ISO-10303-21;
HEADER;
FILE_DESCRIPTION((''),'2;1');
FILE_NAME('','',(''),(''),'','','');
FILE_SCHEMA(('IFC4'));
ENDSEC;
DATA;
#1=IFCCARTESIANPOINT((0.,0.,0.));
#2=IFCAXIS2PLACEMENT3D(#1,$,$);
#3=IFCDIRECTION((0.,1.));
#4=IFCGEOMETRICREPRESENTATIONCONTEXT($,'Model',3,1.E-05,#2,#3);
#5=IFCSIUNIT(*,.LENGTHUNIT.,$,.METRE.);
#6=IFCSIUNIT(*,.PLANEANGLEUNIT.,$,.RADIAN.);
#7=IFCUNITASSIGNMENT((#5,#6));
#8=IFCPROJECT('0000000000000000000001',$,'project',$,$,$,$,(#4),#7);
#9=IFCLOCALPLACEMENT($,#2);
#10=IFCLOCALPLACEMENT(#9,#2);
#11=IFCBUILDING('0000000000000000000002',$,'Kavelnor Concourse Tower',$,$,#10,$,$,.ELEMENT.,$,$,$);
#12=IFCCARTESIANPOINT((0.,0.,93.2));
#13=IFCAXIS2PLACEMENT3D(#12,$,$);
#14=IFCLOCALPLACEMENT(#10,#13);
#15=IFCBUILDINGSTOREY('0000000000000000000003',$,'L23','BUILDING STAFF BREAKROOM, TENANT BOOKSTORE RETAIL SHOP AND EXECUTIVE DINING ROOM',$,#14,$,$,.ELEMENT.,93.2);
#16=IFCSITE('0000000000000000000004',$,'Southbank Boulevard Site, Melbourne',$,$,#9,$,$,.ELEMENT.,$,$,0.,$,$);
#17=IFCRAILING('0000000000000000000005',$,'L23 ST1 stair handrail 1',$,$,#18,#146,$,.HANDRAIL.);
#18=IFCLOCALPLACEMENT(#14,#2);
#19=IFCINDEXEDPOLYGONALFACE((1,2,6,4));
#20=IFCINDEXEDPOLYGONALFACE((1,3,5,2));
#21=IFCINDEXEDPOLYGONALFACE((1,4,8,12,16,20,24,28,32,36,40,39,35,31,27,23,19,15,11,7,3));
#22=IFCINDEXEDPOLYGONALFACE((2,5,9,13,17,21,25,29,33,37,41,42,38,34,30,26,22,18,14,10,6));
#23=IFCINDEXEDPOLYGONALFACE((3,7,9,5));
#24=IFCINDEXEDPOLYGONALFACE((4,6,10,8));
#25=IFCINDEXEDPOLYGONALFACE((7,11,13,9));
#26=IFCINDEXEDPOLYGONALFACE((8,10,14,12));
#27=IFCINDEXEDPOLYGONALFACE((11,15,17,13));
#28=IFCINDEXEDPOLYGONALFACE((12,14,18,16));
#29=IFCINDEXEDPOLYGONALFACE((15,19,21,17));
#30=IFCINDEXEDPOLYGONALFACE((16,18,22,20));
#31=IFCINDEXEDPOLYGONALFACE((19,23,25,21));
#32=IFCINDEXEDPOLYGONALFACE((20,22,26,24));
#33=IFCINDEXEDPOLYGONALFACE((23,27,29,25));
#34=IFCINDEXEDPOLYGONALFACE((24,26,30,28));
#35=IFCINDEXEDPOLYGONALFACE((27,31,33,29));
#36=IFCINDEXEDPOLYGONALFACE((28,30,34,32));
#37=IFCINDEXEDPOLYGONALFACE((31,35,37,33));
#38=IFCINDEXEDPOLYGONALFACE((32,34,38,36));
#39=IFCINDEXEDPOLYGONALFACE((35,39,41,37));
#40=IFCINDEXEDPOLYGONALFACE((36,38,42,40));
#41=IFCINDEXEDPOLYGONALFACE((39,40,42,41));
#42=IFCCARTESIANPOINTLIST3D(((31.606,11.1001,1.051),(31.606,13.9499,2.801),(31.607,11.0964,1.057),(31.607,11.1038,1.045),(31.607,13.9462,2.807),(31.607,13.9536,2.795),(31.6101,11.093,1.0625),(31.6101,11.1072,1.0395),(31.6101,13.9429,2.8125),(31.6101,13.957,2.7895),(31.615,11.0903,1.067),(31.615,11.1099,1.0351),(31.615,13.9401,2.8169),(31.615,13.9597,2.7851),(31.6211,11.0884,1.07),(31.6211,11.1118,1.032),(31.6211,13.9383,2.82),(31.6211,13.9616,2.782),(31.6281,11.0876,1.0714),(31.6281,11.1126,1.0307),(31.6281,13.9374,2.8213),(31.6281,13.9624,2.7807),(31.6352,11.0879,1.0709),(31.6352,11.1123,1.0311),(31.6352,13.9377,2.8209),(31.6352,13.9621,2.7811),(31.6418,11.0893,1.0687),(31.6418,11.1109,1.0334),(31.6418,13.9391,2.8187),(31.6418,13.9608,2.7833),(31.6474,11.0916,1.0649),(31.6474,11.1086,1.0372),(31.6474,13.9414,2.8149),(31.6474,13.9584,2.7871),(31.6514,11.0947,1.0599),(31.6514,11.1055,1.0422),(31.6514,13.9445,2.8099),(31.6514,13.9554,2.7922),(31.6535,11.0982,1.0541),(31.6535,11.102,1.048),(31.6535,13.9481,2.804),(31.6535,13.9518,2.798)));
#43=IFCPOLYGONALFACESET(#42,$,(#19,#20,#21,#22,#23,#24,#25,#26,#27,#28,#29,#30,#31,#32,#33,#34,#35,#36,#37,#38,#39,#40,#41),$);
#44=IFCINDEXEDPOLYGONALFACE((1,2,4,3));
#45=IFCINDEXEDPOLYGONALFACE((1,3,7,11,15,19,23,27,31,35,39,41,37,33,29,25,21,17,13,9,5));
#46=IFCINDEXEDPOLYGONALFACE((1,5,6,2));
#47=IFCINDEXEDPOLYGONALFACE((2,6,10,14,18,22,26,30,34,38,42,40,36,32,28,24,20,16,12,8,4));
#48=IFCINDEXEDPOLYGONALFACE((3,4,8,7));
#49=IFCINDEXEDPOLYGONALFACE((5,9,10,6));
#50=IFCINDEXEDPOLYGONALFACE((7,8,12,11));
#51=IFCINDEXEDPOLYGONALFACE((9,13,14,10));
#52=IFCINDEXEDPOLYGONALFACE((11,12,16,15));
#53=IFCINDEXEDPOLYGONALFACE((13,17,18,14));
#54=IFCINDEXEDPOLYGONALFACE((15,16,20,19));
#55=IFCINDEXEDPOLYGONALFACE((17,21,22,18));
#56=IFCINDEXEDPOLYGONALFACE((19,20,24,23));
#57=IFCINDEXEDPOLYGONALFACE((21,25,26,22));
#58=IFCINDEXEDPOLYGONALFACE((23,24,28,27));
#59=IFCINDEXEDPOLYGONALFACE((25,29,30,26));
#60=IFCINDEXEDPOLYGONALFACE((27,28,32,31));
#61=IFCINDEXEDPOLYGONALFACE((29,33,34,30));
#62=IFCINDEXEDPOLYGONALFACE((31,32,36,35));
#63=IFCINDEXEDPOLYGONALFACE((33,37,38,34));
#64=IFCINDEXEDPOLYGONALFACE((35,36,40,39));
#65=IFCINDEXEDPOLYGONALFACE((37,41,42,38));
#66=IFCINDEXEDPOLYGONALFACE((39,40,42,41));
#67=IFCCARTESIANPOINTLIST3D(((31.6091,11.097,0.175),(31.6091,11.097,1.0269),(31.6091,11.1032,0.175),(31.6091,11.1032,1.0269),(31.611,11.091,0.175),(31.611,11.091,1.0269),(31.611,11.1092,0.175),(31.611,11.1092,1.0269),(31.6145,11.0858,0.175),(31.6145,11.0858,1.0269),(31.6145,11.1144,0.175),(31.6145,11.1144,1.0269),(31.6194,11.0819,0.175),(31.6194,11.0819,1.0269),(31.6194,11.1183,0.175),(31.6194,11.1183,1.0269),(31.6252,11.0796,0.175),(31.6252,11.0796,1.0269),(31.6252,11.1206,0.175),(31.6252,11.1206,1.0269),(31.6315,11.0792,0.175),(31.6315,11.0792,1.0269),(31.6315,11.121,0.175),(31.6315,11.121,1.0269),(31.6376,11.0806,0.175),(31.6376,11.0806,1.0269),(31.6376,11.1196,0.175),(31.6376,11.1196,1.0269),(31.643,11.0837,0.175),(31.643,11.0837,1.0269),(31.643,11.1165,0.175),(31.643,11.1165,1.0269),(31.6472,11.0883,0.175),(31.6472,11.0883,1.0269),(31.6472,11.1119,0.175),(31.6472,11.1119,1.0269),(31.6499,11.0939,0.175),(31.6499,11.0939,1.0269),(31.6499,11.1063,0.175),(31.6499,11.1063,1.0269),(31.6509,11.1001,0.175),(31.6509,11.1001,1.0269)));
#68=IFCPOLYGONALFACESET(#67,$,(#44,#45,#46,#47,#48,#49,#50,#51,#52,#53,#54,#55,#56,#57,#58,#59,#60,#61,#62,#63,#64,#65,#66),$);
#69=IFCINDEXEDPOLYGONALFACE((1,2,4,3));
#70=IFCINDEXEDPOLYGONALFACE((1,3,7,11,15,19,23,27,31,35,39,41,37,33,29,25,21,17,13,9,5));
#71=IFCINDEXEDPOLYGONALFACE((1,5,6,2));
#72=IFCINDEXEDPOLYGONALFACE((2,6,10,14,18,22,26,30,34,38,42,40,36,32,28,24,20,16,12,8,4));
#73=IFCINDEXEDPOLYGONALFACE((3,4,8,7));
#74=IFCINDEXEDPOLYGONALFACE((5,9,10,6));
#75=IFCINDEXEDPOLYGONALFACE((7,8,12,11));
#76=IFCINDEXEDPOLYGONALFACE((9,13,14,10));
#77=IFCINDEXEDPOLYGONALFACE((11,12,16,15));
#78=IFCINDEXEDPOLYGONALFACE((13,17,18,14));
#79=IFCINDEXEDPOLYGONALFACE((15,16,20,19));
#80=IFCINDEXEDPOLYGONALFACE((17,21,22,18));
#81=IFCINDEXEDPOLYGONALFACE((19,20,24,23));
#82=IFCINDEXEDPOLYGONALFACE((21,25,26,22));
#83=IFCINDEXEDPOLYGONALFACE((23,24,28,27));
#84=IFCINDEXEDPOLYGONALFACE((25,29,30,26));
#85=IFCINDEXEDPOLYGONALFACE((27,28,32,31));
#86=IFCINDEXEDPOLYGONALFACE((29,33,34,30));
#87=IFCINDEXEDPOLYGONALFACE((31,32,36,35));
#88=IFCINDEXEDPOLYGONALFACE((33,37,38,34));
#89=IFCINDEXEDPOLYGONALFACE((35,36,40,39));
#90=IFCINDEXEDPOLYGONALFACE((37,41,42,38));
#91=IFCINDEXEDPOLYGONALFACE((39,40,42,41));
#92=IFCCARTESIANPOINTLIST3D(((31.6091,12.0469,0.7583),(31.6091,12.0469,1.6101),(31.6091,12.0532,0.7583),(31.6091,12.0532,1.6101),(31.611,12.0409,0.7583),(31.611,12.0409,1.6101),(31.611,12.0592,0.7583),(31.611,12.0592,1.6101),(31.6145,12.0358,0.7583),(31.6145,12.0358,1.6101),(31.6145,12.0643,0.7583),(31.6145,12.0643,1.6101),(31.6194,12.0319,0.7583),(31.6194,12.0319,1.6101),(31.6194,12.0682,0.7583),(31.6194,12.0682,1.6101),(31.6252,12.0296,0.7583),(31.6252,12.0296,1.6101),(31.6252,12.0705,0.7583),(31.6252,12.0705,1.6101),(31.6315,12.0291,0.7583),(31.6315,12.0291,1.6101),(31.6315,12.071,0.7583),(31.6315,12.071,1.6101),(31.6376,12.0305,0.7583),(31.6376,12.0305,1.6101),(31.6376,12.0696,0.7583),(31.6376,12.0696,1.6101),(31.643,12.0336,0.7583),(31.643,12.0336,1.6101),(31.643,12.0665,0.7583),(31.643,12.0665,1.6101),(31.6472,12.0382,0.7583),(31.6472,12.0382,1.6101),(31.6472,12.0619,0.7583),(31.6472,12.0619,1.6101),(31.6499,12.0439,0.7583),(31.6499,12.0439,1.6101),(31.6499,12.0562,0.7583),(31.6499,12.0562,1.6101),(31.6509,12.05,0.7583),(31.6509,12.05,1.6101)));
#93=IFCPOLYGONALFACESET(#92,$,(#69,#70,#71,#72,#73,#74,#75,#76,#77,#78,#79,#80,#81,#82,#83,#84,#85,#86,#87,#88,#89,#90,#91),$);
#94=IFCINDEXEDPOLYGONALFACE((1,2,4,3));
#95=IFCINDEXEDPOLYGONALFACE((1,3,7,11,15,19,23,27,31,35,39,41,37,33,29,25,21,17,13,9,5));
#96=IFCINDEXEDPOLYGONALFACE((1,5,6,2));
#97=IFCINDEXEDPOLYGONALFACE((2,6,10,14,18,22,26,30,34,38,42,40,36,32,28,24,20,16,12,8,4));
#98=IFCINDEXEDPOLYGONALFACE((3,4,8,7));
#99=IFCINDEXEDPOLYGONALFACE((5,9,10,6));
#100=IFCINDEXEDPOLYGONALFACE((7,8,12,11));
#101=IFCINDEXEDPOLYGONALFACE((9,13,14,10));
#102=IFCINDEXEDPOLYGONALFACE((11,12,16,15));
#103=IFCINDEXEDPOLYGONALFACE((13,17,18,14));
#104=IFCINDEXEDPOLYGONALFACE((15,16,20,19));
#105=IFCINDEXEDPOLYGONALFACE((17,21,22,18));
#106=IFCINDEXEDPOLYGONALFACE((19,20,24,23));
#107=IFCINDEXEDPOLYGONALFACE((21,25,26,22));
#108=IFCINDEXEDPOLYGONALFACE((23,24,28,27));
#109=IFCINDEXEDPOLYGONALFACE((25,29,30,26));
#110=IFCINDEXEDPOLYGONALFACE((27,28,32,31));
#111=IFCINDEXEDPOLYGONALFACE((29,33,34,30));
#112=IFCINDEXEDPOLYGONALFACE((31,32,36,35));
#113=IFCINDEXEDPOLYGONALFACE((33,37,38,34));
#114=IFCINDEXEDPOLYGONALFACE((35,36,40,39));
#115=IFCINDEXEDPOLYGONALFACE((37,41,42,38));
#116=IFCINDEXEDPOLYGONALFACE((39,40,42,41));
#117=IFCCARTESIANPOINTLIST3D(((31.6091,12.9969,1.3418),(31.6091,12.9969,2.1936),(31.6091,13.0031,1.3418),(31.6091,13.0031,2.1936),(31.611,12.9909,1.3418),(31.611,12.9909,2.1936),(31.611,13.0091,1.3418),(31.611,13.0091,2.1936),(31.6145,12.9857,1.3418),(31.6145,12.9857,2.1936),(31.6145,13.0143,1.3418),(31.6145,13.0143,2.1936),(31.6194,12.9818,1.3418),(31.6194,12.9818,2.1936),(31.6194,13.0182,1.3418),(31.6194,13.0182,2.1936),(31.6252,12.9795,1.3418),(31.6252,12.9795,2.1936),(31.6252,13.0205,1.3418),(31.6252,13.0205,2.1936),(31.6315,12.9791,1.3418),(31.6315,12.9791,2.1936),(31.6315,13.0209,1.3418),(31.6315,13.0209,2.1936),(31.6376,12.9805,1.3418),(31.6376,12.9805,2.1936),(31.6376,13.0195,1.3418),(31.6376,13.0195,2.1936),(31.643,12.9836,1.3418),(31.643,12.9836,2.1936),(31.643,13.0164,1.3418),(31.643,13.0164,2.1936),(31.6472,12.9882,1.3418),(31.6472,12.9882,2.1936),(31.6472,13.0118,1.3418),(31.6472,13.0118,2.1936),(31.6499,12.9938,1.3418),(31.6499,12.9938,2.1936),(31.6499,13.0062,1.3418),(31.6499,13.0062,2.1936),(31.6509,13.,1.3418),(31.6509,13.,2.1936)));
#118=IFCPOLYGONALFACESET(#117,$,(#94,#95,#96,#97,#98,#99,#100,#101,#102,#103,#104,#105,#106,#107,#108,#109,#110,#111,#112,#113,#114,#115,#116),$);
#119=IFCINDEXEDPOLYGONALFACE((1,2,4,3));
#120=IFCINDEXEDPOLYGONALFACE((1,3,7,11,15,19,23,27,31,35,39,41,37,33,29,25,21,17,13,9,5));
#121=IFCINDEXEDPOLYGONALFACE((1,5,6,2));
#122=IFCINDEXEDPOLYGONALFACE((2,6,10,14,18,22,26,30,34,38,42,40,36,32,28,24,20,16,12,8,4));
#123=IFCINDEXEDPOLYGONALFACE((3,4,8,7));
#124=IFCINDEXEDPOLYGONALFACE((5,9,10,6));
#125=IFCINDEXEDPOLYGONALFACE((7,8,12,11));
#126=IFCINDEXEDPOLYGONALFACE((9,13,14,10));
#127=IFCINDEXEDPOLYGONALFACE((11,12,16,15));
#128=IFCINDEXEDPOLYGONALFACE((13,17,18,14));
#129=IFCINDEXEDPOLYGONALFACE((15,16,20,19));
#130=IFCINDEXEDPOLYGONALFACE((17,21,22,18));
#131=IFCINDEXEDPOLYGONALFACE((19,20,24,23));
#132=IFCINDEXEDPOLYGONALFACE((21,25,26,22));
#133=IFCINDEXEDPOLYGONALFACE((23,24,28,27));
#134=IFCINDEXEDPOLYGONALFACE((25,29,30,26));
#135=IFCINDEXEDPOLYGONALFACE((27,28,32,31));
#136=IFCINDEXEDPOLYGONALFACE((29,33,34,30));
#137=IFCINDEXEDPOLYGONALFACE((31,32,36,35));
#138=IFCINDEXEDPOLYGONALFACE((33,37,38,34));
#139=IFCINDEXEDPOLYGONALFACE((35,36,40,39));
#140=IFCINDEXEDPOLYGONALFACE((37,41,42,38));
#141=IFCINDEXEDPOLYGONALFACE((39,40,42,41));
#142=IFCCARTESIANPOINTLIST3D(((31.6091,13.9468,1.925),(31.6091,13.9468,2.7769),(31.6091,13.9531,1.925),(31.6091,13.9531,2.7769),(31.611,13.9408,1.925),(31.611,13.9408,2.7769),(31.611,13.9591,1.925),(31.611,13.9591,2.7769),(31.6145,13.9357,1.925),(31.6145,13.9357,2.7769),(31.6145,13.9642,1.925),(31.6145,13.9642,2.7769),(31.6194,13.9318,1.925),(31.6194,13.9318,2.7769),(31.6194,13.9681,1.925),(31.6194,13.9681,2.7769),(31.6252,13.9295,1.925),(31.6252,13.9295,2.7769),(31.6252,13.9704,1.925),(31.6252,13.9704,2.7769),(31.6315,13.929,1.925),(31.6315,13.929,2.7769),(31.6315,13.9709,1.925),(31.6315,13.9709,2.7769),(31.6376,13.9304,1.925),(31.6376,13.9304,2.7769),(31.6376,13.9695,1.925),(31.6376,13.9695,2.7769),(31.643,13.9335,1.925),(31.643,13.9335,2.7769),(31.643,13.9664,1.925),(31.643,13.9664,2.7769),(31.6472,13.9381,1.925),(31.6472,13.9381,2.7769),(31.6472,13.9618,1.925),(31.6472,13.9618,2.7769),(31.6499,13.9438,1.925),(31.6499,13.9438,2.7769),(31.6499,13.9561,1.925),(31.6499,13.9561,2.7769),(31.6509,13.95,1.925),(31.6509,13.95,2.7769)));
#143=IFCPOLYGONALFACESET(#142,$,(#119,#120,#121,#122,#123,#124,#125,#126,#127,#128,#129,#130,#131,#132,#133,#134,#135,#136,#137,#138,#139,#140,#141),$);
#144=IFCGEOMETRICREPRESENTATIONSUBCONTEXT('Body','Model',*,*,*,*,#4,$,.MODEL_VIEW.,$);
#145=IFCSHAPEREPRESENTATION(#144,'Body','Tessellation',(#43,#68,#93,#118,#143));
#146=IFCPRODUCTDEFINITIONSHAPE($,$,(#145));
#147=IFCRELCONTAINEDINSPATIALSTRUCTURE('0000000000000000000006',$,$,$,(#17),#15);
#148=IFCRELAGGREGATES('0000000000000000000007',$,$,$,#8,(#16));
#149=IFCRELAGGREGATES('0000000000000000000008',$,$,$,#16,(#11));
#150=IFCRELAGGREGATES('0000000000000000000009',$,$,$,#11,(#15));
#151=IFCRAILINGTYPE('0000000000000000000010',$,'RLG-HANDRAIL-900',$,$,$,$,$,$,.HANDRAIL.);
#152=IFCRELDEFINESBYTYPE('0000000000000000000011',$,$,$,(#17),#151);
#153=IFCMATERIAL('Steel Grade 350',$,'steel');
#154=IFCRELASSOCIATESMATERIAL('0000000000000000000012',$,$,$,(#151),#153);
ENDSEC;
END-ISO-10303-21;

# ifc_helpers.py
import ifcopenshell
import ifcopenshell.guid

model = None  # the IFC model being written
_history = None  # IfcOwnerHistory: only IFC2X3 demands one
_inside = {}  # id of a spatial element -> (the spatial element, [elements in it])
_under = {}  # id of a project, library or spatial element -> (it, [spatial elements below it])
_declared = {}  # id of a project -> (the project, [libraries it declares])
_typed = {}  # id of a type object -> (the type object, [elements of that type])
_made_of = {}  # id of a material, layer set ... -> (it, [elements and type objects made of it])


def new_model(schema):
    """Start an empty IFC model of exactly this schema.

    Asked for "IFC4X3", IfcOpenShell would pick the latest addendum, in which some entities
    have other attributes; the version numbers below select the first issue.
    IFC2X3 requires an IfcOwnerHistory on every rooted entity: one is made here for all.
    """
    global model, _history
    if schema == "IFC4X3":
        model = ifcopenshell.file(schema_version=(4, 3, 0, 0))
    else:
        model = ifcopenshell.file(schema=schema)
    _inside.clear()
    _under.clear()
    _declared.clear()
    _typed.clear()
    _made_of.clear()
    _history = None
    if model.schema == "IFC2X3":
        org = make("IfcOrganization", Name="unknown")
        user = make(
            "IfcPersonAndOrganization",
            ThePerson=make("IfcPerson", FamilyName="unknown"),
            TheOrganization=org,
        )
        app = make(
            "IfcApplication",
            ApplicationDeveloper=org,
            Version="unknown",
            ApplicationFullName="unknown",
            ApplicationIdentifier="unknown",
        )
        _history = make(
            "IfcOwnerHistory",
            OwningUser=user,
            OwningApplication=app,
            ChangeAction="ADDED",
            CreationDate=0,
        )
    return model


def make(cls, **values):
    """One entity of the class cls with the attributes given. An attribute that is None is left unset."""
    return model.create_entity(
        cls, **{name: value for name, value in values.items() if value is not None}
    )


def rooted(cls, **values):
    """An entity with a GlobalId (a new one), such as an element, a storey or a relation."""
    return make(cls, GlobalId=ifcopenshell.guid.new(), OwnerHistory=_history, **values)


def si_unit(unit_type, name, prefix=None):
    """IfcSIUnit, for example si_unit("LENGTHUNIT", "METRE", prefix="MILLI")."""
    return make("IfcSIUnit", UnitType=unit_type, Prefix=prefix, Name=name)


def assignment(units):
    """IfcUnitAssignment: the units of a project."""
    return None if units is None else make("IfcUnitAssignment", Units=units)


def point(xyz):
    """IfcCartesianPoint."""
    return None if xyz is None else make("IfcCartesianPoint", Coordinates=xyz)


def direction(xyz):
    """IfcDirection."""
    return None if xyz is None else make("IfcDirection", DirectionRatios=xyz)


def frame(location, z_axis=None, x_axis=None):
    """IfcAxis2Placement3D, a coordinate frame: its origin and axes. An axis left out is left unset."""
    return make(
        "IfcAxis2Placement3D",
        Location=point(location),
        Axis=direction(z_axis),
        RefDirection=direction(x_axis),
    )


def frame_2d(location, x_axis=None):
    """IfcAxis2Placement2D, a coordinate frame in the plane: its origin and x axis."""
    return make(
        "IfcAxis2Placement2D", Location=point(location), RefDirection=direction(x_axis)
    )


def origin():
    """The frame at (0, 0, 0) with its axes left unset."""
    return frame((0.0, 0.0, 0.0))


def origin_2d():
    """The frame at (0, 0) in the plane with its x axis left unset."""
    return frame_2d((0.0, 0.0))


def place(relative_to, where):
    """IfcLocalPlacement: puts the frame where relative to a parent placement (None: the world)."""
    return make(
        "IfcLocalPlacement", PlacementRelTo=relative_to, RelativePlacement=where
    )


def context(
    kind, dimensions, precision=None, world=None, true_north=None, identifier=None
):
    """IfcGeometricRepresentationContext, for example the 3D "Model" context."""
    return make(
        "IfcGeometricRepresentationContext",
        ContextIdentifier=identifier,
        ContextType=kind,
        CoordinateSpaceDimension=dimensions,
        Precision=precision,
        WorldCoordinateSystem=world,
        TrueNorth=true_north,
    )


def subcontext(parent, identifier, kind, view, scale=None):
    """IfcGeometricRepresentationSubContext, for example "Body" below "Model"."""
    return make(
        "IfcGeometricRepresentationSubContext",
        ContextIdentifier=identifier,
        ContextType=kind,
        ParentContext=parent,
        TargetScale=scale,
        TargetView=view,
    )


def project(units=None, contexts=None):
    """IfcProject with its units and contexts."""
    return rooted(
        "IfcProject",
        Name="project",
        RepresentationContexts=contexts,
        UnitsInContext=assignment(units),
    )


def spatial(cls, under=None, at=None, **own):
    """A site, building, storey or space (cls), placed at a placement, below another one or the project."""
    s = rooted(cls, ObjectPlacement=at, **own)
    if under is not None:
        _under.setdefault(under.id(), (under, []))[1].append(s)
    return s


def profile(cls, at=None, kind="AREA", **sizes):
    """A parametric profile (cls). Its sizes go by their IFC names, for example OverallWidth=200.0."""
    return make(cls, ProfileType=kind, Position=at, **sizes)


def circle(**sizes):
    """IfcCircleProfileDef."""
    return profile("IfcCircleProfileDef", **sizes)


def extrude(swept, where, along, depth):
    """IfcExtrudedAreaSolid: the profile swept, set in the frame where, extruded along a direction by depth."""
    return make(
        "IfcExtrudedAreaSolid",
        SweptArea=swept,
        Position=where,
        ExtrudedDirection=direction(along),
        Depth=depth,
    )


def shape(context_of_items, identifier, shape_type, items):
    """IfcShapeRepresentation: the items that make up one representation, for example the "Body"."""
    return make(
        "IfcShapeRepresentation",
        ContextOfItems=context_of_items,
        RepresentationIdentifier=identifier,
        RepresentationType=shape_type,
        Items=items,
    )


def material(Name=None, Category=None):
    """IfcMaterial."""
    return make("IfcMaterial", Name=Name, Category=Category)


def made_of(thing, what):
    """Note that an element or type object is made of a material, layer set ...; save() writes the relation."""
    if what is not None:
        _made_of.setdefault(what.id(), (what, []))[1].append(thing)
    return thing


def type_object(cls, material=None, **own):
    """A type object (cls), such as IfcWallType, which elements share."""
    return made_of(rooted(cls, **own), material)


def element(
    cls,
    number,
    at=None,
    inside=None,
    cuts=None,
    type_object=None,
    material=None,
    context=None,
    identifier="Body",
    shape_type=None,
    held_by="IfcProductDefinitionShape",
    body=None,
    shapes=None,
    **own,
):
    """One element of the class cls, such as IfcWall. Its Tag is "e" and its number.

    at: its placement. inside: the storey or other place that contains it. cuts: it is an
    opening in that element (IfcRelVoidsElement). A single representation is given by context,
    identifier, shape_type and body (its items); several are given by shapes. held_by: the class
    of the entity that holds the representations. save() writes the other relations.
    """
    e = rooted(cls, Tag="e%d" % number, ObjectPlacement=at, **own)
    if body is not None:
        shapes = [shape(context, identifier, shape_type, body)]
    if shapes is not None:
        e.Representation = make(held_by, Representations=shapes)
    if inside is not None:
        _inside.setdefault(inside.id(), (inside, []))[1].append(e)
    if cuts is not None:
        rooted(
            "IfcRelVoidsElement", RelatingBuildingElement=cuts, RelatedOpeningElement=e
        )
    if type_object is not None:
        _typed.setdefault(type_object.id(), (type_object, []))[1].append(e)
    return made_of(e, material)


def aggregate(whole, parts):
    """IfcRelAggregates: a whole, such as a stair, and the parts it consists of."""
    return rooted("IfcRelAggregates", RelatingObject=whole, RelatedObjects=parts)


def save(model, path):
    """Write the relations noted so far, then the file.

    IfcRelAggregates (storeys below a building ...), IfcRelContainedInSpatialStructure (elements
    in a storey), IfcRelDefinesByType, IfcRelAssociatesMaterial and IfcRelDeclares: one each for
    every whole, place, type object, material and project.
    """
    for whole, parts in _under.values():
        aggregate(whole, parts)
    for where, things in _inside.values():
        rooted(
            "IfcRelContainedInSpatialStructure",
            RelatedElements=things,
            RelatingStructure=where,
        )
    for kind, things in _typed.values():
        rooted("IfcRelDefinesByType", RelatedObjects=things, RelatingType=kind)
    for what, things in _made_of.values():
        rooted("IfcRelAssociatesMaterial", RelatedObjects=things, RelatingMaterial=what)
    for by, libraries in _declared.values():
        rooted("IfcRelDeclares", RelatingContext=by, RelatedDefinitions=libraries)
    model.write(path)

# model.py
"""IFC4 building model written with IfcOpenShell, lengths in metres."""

from ifc_helpers import new_model, si_unit, direction, frame, origin, origin_2d, place, context, subcontext, project, spatial, circle, extrude, material, type_object, element, save


model = new_model("IFC4")

# Units and contexts
model_context = context("Model", 3, precision=1e-05, world=origin(), true_north=direction((0.0, 1.0)))
body_context = subcontext(model_context, "Body", "Model", "MODEL_VIEW")
ifc_project = project(units=[si_unit("LENGTHUNIT", "METRE"), si_unit("PLANEANGLEUNIT", "RADIAN")], contexts=[model_context])

# Site, building, storey
site_placement = place(None, origin())
site = spatial("IfcSite", under=ifc_project, at=site_placement, Name="Southbank Boulevard Site, Melbourne", CompositionType="ELEMENT", RefElevation=0.0)
building_placement = place(site_placement, origin())
building = spatial("IfcBuilding", under=site, at=building_placement, Name="Kavelnor Concourse Tower", CompositionType="ELEMENT")
storey_placement = place(building_placement, frame((0.0, 0.0, 93.2)))
storey = spatial("IfcBuildingStorey", under=building, at=storey_placement, Name="L23", Description="BUILDING STAFF BREAKROOM, TENANT BOOKSTORE RETAIL SHOP AND EXECUTIVE DINING ROOM", CompositionType="ELEMENT", Elevation=93.2)

# Shared definitions
ifc_material_1 = material(Name="Steel Grade 350", Category="steel")

# Railing
railing_type_1 = type_object("IfcRailingType", Name="RLG-HANDRAIL-900", PredefinedType="HANDRAIL", material=ifc_material_1)
railing_1_placement = place(storey_placement, frame((31.6299, 11.1001, 0.175)))
element("IfcRailing", 1, at=railing_1_placement, inside=storey, type_object=railing_type_1, Name="L23 ST1 stair handrail 1", PredefinedType="HANDRAIL", context=body_context, shape_type="SweptSolid", body=[
    extrude(circle(Radius=0.0239, at=origin_2d()), frame((0.0, 0.0, 0.876), z_axis=(0.0, 0.852159, 0.523283), x_axis=(-1.0, 0.0, 0.0)), (0.0, 0.0, 1.0), 3.3442),
    extrude(circle(Radius=0.021, at=origin_2d()), origin(), (0.0, 0.0, 1.0), 0.8518),
    extrude(circle(Radius=0.021, at=origin_2d()), frame((0.0, 0.95, 0.5833)), (0.0, 0.0, 1.0), 0.8518),
    extrude(circle(Radius=0.021, at=origin_2d()), frame((0.0, 1.8999, 1.1667)), (0.0, 0.0, 1.0), 0.8518),
    extrude(circle(Radius=0.021, at=origin_2d()), frame((0.0, 2.8499, 1.75)), (0.0, 0.0, 1.0), 0.8518),
])

save(model, "model.ifc")
